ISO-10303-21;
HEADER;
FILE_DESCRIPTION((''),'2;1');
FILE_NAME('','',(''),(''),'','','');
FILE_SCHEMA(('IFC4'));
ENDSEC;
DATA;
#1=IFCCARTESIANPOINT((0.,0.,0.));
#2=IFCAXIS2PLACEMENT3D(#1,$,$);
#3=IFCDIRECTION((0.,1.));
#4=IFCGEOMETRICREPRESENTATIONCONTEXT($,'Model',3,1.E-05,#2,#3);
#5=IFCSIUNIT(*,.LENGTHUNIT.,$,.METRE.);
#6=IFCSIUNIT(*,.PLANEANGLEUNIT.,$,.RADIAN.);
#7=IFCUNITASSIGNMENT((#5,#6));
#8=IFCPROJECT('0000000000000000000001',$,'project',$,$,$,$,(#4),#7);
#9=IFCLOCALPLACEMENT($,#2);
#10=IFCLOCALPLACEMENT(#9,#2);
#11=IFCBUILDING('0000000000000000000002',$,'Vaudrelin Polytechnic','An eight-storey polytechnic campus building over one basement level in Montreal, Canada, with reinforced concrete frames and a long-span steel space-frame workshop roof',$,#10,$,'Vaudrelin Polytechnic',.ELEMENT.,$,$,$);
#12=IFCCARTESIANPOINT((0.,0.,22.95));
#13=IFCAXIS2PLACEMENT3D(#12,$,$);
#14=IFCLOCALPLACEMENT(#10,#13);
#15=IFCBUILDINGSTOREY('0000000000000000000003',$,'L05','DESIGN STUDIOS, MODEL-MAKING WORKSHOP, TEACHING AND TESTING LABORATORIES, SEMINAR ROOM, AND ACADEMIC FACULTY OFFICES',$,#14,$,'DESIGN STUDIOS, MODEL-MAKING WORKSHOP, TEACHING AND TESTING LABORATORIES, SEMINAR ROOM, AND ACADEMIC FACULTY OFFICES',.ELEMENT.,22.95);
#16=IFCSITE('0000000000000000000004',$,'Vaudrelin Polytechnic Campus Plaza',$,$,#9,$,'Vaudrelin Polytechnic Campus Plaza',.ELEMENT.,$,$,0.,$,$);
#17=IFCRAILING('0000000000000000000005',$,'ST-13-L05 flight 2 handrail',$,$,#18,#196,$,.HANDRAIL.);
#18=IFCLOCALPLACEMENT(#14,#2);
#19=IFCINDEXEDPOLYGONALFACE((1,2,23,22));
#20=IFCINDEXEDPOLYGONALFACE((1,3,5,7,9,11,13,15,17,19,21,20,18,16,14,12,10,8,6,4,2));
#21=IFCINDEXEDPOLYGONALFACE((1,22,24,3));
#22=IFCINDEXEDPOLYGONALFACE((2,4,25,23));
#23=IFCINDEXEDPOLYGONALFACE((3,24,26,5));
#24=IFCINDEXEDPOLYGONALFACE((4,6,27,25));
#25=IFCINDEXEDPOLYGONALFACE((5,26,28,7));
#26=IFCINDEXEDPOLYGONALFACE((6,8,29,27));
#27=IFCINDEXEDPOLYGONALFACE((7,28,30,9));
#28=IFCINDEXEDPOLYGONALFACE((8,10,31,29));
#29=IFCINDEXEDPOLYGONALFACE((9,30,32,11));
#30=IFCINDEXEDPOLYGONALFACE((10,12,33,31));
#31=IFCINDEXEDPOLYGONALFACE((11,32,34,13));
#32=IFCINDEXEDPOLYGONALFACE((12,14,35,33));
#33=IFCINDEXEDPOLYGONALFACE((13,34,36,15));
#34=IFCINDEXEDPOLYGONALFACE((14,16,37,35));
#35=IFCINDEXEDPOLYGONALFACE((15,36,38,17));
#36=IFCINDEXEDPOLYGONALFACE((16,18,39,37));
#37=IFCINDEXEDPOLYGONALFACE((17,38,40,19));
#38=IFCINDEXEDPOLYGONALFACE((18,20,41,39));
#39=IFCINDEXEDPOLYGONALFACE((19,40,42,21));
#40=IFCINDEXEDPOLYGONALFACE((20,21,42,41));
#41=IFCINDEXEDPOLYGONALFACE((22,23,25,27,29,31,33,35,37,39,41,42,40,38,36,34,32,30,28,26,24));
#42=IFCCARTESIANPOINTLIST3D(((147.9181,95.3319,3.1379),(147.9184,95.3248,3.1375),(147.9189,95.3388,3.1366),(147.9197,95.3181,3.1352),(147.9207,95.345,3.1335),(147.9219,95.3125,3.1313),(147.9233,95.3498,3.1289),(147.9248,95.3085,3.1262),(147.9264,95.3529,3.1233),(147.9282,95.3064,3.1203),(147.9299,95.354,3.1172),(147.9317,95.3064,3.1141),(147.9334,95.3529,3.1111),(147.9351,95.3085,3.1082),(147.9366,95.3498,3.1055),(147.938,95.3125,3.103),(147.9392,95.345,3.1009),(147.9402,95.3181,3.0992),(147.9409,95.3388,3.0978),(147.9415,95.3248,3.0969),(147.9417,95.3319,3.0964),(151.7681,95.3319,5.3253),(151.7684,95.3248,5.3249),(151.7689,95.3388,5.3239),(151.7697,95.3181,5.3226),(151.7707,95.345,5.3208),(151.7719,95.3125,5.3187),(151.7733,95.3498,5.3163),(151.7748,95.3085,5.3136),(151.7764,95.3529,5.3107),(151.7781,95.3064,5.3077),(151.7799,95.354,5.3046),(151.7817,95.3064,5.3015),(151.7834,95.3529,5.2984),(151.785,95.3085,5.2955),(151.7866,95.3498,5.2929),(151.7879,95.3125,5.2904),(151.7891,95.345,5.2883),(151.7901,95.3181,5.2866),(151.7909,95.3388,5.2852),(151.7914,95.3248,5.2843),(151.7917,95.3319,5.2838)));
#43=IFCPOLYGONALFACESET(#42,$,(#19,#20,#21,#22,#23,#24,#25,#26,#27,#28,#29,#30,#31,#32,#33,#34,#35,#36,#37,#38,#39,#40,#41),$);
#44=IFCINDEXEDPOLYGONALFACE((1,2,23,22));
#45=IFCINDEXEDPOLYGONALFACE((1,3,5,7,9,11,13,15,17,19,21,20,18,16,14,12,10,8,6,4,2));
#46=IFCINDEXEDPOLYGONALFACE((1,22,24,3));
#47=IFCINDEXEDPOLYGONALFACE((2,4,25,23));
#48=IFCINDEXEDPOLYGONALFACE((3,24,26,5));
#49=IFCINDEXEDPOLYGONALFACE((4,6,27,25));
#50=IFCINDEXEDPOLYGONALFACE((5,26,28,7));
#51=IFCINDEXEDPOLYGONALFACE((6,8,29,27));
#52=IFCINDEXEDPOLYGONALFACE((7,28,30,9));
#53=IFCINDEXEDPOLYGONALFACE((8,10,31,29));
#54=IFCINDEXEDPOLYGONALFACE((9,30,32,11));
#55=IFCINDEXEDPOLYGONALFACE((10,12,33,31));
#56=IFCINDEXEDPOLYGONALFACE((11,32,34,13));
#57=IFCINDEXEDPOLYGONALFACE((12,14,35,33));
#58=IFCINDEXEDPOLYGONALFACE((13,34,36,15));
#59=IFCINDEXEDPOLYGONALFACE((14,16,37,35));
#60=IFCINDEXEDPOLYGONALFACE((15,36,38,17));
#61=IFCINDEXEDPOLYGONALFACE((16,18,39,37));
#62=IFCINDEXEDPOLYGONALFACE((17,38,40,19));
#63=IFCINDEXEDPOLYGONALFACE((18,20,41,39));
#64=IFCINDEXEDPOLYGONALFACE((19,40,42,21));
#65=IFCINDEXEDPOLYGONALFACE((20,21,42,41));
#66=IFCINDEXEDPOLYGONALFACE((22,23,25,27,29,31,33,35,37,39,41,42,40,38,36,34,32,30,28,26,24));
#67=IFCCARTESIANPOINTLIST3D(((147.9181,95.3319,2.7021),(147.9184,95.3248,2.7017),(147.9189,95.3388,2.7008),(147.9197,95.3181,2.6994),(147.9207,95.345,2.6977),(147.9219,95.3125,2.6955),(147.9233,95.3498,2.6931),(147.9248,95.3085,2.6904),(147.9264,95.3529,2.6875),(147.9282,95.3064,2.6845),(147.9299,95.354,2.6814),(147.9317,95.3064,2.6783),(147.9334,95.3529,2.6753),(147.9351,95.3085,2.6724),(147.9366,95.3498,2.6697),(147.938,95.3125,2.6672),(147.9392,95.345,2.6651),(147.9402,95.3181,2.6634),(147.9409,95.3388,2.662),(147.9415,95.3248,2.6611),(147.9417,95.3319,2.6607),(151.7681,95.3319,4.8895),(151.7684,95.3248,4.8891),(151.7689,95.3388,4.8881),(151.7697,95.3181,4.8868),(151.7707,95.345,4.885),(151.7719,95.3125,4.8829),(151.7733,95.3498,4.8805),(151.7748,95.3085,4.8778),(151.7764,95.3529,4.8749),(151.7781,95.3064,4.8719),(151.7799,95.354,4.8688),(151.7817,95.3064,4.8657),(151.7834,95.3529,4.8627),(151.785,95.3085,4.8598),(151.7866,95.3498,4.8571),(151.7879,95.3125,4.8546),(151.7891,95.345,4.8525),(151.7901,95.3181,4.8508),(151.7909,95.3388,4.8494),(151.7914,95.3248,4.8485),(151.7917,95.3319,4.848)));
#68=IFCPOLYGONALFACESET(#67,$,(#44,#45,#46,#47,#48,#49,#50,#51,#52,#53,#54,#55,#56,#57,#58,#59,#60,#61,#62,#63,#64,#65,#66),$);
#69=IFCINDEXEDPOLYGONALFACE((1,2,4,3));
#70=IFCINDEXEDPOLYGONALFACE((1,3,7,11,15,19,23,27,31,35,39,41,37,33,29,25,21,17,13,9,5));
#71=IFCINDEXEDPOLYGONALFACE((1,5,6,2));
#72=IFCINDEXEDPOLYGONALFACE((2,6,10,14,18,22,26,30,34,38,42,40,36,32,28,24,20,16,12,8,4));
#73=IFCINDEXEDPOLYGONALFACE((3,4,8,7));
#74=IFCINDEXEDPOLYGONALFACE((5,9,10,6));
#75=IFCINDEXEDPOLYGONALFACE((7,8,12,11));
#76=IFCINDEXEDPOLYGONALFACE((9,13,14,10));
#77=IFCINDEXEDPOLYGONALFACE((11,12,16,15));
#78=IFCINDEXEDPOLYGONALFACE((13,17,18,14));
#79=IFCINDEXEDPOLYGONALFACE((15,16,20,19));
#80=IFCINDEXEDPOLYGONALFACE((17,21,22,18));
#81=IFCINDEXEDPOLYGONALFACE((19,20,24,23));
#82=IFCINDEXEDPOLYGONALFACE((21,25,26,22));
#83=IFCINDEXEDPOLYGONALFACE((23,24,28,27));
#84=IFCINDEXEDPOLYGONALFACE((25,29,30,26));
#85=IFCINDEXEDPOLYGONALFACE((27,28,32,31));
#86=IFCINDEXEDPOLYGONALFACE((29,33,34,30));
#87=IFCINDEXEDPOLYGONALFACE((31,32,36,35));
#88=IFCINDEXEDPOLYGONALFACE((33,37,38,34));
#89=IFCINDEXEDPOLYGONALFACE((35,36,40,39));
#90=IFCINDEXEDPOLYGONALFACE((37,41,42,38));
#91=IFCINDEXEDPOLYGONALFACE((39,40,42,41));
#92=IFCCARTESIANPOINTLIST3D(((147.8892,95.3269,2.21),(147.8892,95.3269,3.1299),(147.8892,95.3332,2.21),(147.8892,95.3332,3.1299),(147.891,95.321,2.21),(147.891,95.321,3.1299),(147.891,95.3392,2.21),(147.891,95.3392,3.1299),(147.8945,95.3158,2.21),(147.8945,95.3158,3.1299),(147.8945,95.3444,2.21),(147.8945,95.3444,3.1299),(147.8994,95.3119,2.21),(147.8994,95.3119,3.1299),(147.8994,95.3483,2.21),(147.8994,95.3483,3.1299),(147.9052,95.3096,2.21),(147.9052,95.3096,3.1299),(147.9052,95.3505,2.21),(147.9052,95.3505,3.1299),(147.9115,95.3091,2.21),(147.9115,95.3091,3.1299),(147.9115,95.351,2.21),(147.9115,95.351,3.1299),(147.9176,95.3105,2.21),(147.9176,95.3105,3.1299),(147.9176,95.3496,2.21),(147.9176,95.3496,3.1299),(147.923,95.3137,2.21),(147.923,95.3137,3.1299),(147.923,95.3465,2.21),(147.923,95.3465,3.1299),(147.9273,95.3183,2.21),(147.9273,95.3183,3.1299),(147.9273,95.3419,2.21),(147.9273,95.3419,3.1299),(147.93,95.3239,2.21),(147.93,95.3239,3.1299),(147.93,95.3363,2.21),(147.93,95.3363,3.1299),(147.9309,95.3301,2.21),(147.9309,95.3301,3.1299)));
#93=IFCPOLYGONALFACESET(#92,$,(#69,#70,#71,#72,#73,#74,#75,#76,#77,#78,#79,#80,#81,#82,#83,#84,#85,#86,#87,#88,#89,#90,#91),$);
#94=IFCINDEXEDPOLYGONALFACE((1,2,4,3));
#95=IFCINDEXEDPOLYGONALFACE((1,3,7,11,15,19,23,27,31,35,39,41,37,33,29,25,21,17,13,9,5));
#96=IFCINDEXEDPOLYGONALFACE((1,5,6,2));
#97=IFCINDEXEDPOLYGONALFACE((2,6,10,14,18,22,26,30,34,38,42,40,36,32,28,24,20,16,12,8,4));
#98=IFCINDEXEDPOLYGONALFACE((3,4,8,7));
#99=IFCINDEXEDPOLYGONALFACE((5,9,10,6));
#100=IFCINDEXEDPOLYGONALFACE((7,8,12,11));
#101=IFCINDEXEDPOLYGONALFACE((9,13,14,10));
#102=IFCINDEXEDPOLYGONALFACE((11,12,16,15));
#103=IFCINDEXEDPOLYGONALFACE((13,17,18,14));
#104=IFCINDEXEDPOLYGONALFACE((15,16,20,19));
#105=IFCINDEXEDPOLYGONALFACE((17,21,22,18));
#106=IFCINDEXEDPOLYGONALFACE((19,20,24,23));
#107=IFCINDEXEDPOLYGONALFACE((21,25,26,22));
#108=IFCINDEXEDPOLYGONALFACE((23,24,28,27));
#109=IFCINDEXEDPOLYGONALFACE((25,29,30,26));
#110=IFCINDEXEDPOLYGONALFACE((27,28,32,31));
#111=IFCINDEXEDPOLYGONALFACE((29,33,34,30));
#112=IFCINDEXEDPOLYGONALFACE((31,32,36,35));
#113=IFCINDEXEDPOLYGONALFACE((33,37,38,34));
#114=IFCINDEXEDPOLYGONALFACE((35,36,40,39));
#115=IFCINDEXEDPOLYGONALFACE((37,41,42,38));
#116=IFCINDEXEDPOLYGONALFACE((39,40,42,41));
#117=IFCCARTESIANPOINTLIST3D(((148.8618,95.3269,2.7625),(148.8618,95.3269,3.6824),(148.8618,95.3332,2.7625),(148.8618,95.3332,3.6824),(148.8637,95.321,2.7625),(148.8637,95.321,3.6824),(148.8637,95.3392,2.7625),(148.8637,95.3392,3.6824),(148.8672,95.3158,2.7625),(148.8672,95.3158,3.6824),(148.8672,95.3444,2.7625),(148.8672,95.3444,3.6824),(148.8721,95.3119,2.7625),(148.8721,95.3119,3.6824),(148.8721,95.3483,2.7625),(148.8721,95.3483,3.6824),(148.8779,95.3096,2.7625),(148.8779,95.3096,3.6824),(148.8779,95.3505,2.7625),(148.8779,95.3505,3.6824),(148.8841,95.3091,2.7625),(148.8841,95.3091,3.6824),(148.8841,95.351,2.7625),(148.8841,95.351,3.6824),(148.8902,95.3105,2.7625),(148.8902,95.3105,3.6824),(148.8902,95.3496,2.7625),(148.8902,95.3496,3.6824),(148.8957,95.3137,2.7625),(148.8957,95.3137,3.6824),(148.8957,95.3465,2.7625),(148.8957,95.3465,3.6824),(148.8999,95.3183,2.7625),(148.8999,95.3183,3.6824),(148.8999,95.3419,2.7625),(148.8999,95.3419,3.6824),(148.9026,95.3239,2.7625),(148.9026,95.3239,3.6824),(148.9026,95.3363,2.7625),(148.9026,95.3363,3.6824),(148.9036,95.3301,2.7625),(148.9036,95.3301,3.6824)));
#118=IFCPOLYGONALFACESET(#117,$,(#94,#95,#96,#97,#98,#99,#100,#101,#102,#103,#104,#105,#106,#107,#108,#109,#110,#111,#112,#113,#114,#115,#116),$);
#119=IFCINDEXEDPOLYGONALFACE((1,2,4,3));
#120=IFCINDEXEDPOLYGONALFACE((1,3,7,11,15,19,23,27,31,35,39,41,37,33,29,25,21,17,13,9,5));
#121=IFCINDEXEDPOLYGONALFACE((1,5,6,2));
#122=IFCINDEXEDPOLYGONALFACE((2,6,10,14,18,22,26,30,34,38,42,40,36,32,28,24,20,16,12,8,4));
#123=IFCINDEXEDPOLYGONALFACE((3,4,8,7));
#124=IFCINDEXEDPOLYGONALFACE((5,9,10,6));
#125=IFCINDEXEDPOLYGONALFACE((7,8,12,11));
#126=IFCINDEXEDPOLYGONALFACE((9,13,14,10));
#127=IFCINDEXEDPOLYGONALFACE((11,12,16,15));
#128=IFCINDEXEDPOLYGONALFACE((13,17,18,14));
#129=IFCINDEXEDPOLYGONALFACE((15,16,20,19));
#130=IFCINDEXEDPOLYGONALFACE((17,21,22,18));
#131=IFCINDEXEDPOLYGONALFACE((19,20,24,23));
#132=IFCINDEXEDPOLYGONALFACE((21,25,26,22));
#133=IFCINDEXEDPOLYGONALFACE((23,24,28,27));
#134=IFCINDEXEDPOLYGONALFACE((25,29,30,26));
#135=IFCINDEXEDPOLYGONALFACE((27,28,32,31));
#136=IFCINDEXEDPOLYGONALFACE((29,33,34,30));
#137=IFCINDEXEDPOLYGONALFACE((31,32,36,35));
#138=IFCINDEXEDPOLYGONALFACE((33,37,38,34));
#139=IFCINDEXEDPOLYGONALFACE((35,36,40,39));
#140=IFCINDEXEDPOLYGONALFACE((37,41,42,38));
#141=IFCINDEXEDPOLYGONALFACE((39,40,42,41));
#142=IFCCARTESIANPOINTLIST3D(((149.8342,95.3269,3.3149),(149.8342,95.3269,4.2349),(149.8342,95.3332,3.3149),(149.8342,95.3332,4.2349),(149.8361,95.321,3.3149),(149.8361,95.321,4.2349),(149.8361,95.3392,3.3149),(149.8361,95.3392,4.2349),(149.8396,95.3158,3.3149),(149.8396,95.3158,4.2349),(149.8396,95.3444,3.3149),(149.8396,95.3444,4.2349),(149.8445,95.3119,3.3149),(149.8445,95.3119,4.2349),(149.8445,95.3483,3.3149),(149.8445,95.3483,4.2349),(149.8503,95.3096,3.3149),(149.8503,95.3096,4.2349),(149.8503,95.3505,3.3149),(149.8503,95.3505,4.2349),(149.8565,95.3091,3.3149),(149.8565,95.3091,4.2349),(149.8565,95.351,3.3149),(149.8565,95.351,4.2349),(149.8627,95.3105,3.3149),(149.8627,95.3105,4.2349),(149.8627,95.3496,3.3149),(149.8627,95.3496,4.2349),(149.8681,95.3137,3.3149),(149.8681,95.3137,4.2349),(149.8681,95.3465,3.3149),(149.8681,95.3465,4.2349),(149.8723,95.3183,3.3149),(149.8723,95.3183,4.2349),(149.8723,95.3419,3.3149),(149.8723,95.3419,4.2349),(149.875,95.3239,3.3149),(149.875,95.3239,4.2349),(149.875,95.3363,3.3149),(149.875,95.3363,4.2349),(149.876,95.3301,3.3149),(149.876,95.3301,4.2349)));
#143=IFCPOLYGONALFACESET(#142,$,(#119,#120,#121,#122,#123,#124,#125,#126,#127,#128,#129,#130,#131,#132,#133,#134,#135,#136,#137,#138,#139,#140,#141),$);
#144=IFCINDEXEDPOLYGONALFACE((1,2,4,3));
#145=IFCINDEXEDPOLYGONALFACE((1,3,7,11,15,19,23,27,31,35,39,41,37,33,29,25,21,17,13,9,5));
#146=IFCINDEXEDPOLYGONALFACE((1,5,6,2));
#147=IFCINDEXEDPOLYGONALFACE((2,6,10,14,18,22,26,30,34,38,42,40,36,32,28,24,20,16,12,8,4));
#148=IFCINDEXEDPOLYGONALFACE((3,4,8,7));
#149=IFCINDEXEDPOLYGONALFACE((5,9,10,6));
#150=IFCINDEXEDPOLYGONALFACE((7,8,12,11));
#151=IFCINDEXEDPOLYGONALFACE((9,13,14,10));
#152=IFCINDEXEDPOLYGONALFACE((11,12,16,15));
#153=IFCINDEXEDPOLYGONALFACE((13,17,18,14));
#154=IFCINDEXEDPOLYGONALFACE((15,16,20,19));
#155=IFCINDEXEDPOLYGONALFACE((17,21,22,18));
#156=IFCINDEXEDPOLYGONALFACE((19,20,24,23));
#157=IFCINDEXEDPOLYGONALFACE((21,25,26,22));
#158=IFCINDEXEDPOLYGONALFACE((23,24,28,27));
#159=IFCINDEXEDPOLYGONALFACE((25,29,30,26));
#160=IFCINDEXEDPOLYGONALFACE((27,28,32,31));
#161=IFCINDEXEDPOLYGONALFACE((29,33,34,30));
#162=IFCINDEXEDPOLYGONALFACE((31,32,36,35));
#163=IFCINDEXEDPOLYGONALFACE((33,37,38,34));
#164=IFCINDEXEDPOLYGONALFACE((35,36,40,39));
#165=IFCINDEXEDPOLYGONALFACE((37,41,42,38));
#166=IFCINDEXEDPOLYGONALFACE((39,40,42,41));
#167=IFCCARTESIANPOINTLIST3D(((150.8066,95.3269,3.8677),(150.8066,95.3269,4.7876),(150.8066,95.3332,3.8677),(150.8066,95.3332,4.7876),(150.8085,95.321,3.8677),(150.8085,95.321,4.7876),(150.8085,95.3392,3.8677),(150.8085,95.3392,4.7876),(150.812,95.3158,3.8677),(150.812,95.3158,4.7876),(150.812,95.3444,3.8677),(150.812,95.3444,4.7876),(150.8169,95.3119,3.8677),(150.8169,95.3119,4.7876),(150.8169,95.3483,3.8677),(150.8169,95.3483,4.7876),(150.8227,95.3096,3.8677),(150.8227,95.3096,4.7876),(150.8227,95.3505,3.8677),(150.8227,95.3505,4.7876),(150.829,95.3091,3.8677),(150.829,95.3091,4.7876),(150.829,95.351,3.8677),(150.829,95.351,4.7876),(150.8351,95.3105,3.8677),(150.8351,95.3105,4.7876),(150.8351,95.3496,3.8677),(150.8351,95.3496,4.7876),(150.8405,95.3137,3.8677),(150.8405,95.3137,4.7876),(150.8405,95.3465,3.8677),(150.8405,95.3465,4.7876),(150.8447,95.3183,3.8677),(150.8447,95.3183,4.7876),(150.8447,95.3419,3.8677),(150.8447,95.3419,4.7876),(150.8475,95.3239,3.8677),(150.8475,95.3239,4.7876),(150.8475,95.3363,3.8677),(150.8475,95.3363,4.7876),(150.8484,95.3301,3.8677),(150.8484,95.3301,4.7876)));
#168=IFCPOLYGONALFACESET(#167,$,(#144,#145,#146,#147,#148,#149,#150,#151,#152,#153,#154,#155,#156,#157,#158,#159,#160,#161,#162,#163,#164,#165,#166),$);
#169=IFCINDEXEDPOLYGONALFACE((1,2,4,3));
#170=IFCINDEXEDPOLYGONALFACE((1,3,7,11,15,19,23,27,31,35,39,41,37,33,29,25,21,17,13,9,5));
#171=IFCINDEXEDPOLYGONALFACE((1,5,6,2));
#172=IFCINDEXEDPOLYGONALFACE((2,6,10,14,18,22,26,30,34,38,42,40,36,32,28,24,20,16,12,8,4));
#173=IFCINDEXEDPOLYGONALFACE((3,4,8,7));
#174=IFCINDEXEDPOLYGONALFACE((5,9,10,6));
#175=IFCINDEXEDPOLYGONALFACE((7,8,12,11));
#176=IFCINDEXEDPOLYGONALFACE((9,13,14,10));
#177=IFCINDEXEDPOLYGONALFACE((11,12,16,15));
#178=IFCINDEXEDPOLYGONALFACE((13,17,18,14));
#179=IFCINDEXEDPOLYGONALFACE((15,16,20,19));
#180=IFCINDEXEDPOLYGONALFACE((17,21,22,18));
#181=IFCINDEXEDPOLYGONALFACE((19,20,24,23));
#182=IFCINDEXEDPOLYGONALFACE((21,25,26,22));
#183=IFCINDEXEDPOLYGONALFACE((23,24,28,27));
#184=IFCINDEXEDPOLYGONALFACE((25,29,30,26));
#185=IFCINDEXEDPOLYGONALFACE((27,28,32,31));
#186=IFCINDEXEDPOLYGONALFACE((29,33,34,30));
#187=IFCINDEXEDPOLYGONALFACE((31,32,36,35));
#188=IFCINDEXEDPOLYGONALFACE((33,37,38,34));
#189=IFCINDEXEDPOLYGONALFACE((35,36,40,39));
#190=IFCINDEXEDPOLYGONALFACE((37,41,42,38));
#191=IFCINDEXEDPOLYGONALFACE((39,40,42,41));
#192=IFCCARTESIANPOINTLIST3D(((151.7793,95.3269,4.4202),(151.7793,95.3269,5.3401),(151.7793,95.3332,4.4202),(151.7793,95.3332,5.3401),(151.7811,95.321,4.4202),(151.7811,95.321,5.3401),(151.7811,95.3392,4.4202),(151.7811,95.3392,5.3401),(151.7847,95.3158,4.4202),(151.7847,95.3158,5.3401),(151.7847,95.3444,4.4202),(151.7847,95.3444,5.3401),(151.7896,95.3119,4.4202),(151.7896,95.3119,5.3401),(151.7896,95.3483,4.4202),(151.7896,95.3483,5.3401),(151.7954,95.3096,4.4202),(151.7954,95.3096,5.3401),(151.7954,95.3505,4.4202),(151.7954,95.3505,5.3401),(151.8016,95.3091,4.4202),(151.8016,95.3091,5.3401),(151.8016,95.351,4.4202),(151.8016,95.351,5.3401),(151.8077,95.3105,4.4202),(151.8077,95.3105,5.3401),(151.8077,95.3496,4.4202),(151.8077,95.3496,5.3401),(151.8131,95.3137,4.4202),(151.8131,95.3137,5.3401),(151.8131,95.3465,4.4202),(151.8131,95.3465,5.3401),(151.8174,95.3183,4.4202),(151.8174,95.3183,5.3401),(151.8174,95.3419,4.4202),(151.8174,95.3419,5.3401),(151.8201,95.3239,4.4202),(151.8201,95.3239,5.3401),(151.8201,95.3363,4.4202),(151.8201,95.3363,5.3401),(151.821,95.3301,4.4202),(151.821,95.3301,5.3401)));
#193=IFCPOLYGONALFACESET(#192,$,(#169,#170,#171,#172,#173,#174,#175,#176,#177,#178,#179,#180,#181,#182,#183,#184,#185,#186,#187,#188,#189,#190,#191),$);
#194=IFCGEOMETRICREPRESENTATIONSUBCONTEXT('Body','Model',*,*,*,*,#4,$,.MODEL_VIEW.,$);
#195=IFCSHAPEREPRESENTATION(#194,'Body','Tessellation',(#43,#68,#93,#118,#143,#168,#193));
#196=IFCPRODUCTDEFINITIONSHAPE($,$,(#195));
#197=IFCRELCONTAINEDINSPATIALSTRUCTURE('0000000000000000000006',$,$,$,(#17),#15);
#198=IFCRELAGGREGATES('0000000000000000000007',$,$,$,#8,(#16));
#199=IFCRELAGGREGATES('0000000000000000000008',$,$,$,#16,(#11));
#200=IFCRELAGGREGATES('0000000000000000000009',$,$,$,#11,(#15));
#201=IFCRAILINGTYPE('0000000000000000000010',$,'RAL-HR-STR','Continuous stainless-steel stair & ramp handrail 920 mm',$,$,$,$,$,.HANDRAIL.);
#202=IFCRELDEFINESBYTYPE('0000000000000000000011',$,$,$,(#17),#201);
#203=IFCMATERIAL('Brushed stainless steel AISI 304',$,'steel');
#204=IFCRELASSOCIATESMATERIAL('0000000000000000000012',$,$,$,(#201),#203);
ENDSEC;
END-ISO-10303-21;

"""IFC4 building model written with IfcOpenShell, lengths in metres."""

from ifc_helpers import new_model, si_unit, direction, frame, origin, origin_2d, place, context, subcontext, project, spatial, circle, extrude, material, type_object, element, save


model = new_model("IFC4")

# Units and contexts
model_context = context("Model", 3, precision=1e-05, world=origin(), true_north=direction((0.0, 1.0)))
body_context = subcontext(model_context, "Body", "Model", "MODEL_VIEW")
ifc_project = project(units=[si_unit("LENGTHUNIT", "METRE"), si_unit("PLANEANGLEUNIT", "RADIAN")], contexts=[model_context])

# Site, building, storey
site_placement = place(None, origin())
site = spatial("IfcSite", under=ifc_project, at=site_placement, Name="Vaudrelin Polytechnic Campus Plaza", LongName="Vaudrelin Polytechnic Campus Plaza", CompositionType="ELEMENT", RefElevation=0.0)
building_placement = place(site_placement, origin())
building = spatial("IfcBuilding", under=site, at=building_placement, Name="Vaudrelin Polytechnic", Description="An eight-storey polytechnic campus building over one basement level in Montreal, Canada, with reinforced concrete frames and a long-span steel space-frame workshop roof", LongName="Vaudrelin Polytechnic", CompositionType="ELEMENT")
storey_placement = place(building_placement, frame((0.0, 0.0, 22.95)))
storey = spatial("IfcBuildingStorey", under=building, at=storey_placement, Name="L05", Description="DESIGN STUDIOS, MODEL-MAKING WORKSHOP, TEACHING AND TESTING LABORATORIES, SEMINAR ROOM, AND ACADEMIC FACULTY OFFICES", LongName="DESIGN STUDIOS, MODEL-MAKING WORKSHOP, TEACHING AND TESTING LABORATORIES, SEMINAR ROOM, AND ACADEMIC FACULTY OFFICES", CompositionType="ELEMENT", Elevation=22.95)

# Shared definitions
ifc_material_1 = material(Name="Brushed stainless steel AISI 304", Category="steel")

# Railing
railing_type_1 = type_object("IfcRailingType", Name="RAL-HR-STR", Description="Continuous stainless-steel stair & ramp handrail 920 mm", PredefinedType="HANDRAIL", material=ifc_material_1)
railing_1_placement = place(storey_placement, frame((147.9099, 95.3301, 2.21)))
element("IfcRailing", 1, at=railing_1_placement, inside=storey, type_object=railing_type_1, Name="ST-13-L05 flight 2 handrail", PredefinedType="HANDRAIL", context=body_context, shape_type="SweptSolid", body=[
    extrude(circle(Radius=0.0239, at=origin_2d()), frame((0.02, 0.0, 0.9072), z_axis=(0.869466, 0.0, 0.493993), x_axis=(0.0, 1.0, 0.0)), (0.0, 0.0, 1.0), 4.428),
    extrude(circle(Radius=0.0239, at=origin_2d()), frame((0.02, 0.0, 0.4714), z_axis=(0.869466, 0.0, 0.493993), x_axis=(0.0, 1.0, 0.0)), (0.0, 0.0, 1.0), 4.428),
    extrude(circle(Radius=0.021, at=origin_2d()), origin(), (0.0, 0.0, 1.0), 0.9199),
    extrude(circle(Radius=0.021, at=origin_2d()), frame((0.9727, 0.0, 0.5525)), (0.0, 0.0, 1.0), 0.9199),
    extrude(circle(Radius=0.021, at=origin_2d()), frame((1.9451, 0.0, 1.105)), (0.0, 0.0, 1.0), 0.9199),
    extrude(circle(Radius=0.021, at=origin_2d()), frame((2.9175, 0.0, 1.6577)), (0.0, 0.0, 1.0), 0.9199),
    extrude(circle(Radius=0.021, at=origin_2d()), frame((3.8901, 0.0, 2.2102)), (0.0, 0.0, 1.0), 0.9199),
])

save(model, "model.ifc")
